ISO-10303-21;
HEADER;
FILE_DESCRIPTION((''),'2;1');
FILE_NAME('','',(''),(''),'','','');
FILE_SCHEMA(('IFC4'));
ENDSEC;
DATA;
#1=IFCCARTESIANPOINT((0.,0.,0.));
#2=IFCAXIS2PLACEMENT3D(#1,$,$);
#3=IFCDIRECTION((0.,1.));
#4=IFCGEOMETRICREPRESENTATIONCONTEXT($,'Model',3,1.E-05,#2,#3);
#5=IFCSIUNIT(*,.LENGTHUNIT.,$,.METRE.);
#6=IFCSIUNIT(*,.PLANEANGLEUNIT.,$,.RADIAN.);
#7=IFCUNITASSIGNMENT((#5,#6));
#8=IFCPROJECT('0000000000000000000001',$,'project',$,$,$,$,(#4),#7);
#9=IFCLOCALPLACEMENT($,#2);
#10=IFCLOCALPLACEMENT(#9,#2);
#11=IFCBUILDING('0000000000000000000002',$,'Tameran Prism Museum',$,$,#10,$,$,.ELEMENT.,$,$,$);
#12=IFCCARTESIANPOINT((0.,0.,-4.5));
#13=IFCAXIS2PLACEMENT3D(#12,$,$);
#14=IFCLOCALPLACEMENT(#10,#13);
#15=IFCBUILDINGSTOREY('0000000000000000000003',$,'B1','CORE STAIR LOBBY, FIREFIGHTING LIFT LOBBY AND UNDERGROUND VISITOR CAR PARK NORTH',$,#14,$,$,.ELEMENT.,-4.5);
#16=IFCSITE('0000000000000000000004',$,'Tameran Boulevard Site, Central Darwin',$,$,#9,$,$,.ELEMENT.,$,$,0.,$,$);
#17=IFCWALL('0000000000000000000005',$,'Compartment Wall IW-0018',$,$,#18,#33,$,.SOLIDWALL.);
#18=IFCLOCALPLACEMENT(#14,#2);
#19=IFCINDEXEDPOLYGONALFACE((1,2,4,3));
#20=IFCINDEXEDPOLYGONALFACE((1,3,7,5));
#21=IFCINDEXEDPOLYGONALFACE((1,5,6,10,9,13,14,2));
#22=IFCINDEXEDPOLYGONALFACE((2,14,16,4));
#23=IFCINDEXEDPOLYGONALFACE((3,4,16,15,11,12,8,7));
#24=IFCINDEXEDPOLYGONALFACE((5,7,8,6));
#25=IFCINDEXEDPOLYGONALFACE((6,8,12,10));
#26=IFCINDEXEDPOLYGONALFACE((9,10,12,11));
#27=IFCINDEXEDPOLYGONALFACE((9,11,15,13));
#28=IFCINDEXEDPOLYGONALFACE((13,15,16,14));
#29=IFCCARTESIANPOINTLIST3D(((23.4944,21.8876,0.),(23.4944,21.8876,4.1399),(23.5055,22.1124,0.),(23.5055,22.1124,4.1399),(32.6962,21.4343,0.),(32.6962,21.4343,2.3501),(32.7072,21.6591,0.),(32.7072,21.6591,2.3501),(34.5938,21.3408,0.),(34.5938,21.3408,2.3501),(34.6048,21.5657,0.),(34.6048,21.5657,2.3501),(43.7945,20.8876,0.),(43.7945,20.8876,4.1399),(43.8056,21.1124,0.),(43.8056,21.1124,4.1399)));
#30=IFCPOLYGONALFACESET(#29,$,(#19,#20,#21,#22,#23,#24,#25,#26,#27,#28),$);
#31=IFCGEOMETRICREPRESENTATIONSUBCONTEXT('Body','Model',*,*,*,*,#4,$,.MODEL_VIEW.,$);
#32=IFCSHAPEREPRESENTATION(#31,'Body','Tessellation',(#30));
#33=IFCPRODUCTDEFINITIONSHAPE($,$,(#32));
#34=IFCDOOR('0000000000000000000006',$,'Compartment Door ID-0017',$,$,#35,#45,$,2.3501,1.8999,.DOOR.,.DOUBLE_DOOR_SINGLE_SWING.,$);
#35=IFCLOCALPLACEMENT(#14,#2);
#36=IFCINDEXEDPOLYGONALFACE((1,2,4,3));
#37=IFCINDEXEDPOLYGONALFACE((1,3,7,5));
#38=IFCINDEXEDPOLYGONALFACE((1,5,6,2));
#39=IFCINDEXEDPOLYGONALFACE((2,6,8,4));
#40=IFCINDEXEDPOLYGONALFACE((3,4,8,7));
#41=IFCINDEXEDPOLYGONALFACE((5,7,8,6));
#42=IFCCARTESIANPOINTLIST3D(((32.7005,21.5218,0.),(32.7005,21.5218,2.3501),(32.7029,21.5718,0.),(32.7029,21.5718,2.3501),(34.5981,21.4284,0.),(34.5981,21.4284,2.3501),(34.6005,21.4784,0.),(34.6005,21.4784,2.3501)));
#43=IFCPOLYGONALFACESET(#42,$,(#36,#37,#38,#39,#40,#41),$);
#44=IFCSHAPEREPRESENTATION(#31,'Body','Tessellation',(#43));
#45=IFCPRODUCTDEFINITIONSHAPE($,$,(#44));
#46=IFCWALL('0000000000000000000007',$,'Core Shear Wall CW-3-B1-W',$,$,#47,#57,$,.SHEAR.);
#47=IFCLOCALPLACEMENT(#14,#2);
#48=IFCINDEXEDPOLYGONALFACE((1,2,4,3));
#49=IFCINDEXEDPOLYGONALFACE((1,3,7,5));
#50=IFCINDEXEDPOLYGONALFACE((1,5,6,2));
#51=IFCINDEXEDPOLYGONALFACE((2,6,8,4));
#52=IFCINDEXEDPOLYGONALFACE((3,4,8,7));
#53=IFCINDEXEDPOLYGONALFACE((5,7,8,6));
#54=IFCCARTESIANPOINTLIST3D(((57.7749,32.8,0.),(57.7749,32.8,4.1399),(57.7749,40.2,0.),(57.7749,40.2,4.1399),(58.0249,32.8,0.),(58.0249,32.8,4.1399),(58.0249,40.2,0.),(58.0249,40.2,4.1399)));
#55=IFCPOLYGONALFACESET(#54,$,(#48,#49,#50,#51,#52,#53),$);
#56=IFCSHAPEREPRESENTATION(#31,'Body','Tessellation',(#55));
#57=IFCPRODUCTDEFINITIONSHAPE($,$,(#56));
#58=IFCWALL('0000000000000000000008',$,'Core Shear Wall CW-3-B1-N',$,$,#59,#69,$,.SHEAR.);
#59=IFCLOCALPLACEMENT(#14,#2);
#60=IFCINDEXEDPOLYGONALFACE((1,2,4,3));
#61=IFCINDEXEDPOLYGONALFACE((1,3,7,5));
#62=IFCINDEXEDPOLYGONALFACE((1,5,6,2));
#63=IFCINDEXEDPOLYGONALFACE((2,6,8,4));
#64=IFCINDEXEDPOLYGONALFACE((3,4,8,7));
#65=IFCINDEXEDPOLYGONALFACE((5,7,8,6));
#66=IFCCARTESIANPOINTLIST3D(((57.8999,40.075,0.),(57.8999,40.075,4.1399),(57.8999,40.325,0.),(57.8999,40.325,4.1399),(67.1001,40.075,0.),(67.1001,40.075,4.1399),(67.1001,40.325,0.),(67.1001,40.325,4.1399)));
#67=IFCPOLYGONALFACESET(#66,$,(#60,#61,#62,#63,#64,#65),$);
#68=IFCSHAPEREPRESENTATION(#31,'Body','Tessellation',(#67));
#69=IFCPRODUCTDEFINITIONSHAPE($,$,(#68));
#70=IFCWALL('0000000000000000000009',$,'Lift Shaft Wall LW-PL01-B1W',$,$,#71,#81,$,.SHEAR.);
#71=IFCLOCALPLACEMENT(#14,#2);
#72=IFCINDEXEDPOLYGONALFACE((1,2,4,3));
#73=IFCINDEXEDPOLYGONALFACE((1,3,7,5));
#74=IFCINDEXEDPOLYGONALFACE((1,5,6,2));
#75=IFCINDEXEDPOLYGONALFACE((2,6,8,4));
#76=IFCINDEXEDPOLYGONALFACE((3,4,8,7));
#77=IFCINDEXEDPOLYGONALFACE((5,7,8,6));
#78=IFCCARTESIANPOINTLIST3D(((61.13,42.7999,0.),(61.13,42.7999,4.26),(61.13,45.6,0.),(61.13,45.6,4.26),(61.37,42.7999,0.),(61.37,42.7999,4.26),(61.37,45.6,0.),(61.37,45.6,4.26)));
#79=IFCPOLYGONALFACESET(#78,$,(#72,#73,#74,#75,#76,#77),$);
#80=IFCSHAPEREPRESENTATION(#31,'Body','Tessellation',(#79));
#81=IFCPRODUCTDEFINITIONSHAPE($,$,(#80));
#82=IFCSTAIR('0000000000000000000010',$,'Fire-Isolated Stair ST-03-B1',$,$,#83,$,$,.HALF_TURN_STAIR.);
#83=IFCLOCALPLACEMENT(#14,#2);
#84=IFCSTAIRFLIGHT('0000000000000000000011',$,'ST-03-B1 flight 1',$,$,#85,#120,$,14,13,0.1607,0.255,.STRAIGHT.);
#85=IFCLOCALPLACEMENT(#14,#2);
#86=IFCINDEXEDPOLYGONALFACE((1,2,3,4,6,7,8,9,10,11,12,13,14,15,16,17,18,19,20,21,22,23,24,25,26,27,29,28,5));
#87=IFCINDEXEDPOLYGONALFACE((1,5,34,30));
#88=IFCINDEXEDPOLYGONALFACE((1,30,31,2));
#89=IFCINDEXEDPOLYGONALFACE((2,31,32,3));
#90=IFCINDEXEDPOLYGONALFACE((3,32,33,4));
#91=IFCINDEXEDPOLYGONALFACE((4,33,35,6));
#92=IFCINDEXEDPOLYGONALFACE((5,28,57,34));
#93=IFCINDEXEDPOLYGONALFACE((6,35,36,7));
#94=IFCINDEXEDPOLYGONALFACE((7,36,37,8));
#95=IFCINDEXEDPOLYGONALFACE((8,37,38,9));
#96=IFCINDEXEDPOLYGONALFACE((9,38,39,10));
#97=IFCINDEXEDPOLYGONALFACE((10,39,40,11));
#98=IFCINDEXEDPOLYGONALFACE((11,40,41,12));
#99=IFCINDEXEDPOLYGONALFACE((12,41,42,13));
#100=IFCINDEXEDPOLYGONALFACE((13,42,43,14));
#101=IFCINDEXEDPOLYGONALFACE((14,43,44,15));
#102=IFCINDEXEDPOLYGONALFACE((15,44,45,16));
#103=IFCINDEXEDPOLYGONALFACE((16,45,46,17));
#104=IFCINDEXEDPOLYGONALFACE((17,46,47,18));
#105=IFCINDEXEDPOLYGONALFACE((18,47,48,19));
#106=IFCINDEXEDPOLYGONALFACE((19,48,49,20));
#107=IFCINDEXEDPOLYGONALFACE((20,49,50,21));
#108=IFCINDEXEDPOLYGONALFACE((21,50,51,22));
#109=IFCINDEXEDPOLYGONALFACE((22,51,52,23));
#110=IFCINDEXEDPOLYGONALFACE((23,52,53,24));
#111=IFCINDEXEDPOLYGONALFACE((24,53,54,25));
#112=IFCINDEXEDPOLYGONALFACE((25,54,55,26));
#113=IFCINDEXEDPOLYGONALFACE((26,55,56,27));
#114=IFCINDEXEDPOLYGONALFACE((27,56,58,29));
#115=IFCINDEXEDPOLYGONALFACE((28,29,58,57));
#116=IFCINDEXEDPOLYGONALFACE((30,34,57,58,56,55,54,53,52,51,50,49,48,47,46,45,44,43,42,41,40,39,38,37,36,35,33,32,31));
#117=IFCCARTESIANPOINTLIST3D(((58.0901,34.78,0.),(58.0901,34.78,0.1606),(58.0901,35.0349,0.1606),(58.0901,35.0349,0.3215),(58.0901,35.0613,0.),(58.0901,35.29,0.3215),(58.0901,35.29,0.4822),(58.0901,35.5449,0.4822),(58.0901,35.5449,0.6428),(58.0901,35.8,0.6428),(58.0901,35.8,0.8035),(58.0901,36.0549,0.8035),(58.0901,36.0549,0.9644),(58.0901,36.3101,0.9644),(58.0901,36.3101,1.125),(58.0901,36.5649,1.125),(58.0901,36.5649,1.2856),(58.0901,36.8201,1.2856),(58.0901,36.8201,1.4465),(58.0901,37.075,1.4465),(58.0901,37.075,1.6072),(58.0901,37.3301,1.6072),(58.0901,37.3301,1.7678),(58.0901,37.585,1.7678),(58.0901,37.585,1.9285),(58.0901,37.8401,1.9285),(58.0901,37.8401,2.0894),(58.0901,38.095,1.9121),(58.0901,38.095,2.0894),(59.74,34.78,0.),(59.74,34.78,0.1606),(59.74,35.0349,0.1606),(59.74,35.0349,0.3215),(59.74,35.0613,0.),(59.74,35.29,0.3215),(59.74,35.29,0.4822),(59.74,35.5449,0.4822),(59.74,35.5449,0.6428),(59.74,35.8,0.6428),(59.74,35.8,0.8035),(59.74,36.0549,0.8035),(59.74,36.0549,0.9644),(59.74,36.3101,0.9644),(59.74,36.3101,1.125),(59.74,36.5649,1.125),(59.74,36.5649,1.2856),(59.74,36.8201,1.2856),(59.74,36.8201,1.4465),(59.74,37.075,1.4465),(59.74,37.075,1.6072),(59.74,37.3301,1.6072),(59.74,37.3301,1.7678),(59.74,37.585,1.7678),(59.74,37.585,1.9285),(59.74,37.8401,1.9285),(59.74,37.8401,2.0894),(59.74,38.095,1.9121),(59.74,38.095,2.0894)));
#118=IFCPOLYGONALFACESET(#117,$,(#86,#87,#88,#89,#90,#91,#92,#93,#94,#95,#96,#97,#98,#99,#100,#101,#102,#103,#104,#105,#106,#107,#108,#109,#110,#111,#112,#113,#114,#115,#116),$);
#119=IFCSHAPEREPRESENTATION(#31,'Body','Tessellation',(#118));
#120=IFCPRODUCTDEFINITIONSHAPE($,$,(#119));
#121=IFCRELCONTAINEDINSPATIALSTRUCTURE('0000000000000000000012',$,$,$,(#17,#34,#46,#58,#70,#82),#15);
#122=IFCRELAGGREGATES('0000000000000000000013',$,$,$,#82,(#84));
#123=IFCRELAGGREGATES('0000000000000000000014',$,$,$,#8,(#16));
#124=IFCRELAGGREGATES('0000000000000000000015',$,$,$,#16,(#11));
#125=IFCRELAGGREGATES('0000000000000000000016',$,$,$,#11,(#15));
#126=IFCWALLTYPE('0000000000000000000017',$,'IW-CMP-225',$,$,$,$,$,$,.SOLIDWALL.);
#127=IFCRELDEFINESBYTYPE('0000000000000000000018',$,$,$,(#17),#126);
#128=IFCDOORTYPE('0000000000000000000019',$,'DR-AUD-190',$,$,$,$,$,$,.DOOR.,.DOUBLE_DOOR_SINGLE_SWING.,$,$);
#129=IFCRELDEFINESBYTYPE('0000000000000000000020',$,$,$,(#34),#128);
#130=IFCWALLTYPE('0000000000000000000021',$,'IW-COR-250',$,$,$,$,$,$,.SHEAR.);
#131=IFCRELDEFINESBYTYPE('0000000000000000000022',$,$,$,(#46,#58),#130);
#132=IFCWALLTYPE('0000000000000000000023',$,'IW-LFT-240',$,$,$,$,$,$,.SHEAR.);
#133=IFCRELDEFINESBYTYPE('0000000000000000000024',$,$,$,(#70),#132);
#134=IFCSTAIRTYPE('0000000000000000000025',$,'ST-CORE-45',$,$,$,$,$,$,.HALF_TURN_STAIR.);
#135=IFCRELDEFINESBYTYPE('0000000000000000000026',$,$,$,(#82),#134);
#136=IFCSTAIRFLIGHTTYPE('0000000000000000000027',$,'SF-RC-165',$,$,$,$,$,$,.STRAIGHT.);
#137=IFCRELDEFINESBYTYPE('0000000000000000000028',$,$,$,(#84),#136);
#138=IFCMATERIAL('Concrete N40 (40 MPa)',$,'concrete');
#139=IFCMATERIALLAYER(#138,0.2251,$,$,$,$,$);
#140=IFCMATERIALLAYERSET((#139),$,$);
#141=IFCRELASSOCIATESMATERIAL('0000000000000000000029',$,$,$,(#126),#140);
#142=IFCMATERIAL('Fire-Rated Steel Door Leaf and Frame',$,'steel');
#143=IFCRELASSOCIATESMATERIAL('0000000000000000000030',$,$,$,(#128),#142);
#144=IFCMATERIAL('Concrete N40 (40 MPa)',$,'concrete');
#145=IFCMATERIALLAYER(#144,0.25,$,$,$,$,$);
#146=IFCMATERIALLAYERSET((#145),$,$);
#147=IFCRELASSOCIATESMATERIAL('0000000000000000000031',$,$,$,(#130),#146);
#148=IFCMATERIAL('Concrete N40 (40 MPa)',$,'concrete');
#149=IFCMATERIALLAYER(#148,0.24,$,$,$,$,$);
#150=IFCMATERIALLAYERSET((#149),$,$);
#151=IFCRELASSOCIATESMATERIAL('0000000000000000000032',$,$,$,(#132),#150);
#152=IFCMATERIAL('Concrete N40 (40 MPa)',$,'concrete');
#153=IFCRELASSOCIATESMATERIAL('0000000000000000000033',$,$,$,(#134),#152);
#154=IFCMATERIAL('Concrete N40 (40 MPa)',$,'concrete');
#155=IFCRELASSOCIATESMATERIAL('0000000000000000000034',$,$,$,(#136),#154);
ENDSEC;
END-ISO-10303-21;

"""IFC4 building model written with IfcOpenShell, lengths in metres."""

from ifc_helpers import new_model, si_unit, direction, frame, frame_2d, origin, place, context, subcontext, project, spatial, polyline, rectangle, outline, extrude, material, layer, layer_set, type_object, element, fill, aggregate, save


model = new_model("IFC4")

# Units and contexts
model_context = context("Model", 3, precision=1e-05, world=origin(), true_north=direction((0.0, 1.0)))
body_context = subcontext(model_context, "Body", "Model", "MODEL_VIEW")
ifc_project = project(units=[si_unit("LENGTHUNIT", "METRE"), si_unit("PLANEANGLEUNIT", "RADIAN")], contexts=[model_context])

# Site, building, storey
site_placement = place(None, origin())
site = spatial("IfcSite", under=ifc_project, at=site_placement, Name="Tameran Boulevard Site, Central Darwin", CompositionType="ELEMENT", RefElevation=0.0)
building_placement = place(site_placement, origin())
building = spatial("IfcBuilding", under=site, at=building_placement, Name="Tameran Prism Museum", CompositionType="ELEMENT")
storey_placement = place(building_placement, frame((0.0, 0.0, -4.5)))
storey = spatial("IfcBuildingStorey", under=building, at=storey_placement, Name="B1", Description="CORE STAIR LOBBY, FIREFIGHTING LIFT LOBBY AND UNDERGROUND VISITOR CAR PARK NORTH", CompositionType="ELEMENT", Elevation=-4.5)

# Wall, opening, door
ifc_material_1 = material(Name="Concrete N40 (40 MPa)", Category="concrete")
ifc_layer_1 = layer(ifc_material_1, 0.2251)
ifc_layer_set_1 = layer_set([ifc_layer_1])
wall_type_1 = type_object("IfcWallType", Name="IW-CMP-225", PredefinedType="SOLIDWALL", material=ifc_layer_set_1)
wall_1_placement = place(storey_placement, frame((43.8, 21.0, 0.0), z_axis=(0.0, 0.0, 1.0), x_axis=(-0.998789, 0.049201, 0.0)))
wall_1 = element("IfcWall", 1, at=wall_1_placement, inside=storey, type_object=wall_type_1, Name="Compartment Wall IW-0018", PredefinedType="SOLIDWALL", context=body_context, shape_type="SweptSolid", body=[
    extrude(rectangle(XDim=20.3247, YDim=0.2251, at=frame_2d((10.1624, 0.0))), origin(), (0.0, 0.0, 1.0), 4.1399),
])
opening_1_placement = place(wall_1_placement, frame((9.2119, 0.0, 0.0)))
opening_1 = element("IfcOpeningElement", 2, at=opening_1_placement, cuts=wall_1, PredefinedType="OPENING", context=body_context, shape_type="SweptSolid", body=[
    extrude(rectangle(XDim=1.8999, YDim=2.3501, at=frame_2d((0.95, 1.175))), frame((0.0, 0.1226, 0.0), z_axis=(0.0, -1.0, 0.0), x_axis=(1.0, 0.0, 0.0)), (0.0, 0.0, 1.0), 0.2451),
])
ifc_material_2 = material(Name="Fire-Rated Steel Door Leaf and Frame", Category="steel")
door_type_1 = type_object("IfcDoorType", Name="DR-AUD-190", OperationType="DOUBLE_DOOR_SINGLE_SWING", PredefinedType="DOOR", material=ifc_material_2)
door_1_placement = place(opening_1_placement, origin())
door_1 = element("IfcDoor", 3, at=door_1_placement, inside=storey, type_object=door_type_1, Name="Compartment Door ID-0017", OperationType="DOUBLE_DOOR_SINGLE_SWING", OverallHeight=2.3501, OverallWidth=1.8999, PredefinedType="DOOR", context=body_context, shape_type="SweptSolid", body=[
    extrude(rectangle(XDim=1.8999, YDim=2.3501, at=frame_2d((0.95, 1.175))), frame((0.0, 0.0249, 0.0), z_axis=(0.0, -1.0, 0.0), x_axis=(1.0, 0.0, 0.0)), (0.0, 0.0, 1.0), 0.05),
])
fill(opening_1, door_1)

# Walls
ifc_material_3 = material(Name="Concrete N40 (40 MPa)", Category="concrete")
ifc_layer_2 = layer(ifc_material_3, 0.25)
ifc_layer_set_2 = layer_set([ifc_layer_2])
wall_type_2 = type_object("IfcWallType", Name="IW-COR-250", PredefinedType="SHEAR", material=ifc_layer_set_2)
wall_2_placement = place(storey_placement, frame((57.8999, 32.8, 0.0), z_axis=(0.0, 0.0, 1.0), x_axis=(0.0, 1.0, 0.0)))
element("IfcWall", 4, at=wall_2_placement, inside=storey, type_object=wall_type_2, Name="Core Shear Wall CW-3-B1-W", PredefinedType="SHEAR", context=body_context, shape_type="SweptSolid", body=[
    extrude(rectangle(XDim=7.3999, YDim=0.25, at=frame_2d((3.7, 0.0))), origin(), (0.0, 0.0, 1.0), 4.1399),
])
wall_3_placement = place(storey_placement, frame((57.8999, 40.2, 0.0), z_axis=(0.0, 0.0, 1.0), x_axis=(1.0, 0.0, 0.0)))
element("IfcWall", 5, at=wall_3_placement, inside=storey, type_object=wall_type_2, Name="Core Shear Wall CW-3-B1-N", PredefinedType="SHEAR", context=body_context, shape_type="SweptSolid", body=[
    extrude(rectangle(XDim=9.2002, YDim=0.25, at=frame_2d((4.6001, 0.0))), origin(), (0.0, 0.0, 1.0), 4.1399),
])
ifc_material_4 = material(Name="Concrete N40 (40 MPa)", Category="concrete")
ifc_layer_3 = layer(ifc_material_4, 0.24)
ifc_layer_set_3 = layer_set([ifc_layer_3])
wall_type_3 = type_object("IfcWallType", Name="IW-LFT-240", PredefinedType="SHEAR", material=ifc_layer_set_3)
wall_4_placement = place(storey_placement, frame((61.25, 42.8, 0.0), z_axis=(0.0, 0.0, 1.0), x_axis=(0.0, 1.0, 0.0)))
element("IfcWall", 6, at=wall_4_placement, inside=storey, type_object=wall_type_3, Name="Lift Shaft Wall LW-PL01-B1W", PredefinedType="SHEAR", context=body_context, shape_type="SweptSolid", body=[
    extrude(rectangle(XDim=2.8, YDim=0.24, at=frame_2d((1.3999, 0.0))), origin(), (0.0, 0.0, 1.0), 4.26),
])

# Stair, stair flight
ifc_material_5 = material(Name="Concrete N40 (40 MPa)", Category="concrete")
stair_type = type_object("IfcStairType", Name="ST-CORE-45", PredefinedType="HALF_TURN_STAIR", material=ifc_material_5)
stair_placement = place(storey_placement, origin())
stair = element("IfcStair", 7, at=stair_placement, inside=storey, type_object=stair_type, Name="Fire-Isolated Stair ST-03-B1", PredefinedType="HALF_TURN_STAIR")
ifc_material_6 = material(Name="Concrete N40 (40 MPa)", Category="concrete")
stair_flight_type = type_object("IfcStairFlightType", Name="SF-RC-165", PredefinedType="STRAIGHT", material=ifc_material_6)
stair_flight_placement = place(storey_placement, frame((58.915, 34.78, 0.0), z_axis=(0.0, 0.0, 1.0), x_axis=(0.0, 1.0, 0.0)))
stair_flight = element("IfcStairFlight", 8, at=stair_flight_placement, type_object=stair_flight_type, Name="ST-03-B1 flight 1", NumberOfRisers=14, NumberOfTreads=13, PredefinedType="STRAIGHT", RiserHeight=0.1607, TreadLength=0.255, context=body_context, shape_type="SweptSolid", body=[
    extrude(outline(polyline([(0.0, 0.0), (0.0, 0.1606), (0.2549, 0.1606), (0.2549, 0.3215), (0.51, 0.3215), (0.51, 0.4822), (0.7649, 0.4822), (0.7649, 0.6428), (1.02, 0.6428), (1.02, 0.8035), (1.2749, 0.8035), (1.2749, 0.9644), (1.53, 0.9644), (1.53, 1.125), (1.7849, 1.125), (1.7849, 1.2856), (2.04, 1.2856), (2.04, 1.4465), (2.2949, 1.4465), (2.2949, 1.6072), (2.55, 1.6072), (2.55, 1.7678), (2.8049, 1.7678), (2.8049, 1.9285), (3.0601, 1.9285), (3.0601, 2.0894), (3.3149, 2.0894), (3.3149, 2.25), (3.3149, 1.9121), (0.2812, 0.0), (0.0, 0.0)])), frame((0.0, 0.825, 0.0), z_axis=(0.0, -1.0, 0.0), x_axis=(1.0, 0.0, 0.0)), (0.0, 0.0, 1.0), 1.6499),
])
aggregate(stair, [stair_flight])

save(model, "model.ifc")
